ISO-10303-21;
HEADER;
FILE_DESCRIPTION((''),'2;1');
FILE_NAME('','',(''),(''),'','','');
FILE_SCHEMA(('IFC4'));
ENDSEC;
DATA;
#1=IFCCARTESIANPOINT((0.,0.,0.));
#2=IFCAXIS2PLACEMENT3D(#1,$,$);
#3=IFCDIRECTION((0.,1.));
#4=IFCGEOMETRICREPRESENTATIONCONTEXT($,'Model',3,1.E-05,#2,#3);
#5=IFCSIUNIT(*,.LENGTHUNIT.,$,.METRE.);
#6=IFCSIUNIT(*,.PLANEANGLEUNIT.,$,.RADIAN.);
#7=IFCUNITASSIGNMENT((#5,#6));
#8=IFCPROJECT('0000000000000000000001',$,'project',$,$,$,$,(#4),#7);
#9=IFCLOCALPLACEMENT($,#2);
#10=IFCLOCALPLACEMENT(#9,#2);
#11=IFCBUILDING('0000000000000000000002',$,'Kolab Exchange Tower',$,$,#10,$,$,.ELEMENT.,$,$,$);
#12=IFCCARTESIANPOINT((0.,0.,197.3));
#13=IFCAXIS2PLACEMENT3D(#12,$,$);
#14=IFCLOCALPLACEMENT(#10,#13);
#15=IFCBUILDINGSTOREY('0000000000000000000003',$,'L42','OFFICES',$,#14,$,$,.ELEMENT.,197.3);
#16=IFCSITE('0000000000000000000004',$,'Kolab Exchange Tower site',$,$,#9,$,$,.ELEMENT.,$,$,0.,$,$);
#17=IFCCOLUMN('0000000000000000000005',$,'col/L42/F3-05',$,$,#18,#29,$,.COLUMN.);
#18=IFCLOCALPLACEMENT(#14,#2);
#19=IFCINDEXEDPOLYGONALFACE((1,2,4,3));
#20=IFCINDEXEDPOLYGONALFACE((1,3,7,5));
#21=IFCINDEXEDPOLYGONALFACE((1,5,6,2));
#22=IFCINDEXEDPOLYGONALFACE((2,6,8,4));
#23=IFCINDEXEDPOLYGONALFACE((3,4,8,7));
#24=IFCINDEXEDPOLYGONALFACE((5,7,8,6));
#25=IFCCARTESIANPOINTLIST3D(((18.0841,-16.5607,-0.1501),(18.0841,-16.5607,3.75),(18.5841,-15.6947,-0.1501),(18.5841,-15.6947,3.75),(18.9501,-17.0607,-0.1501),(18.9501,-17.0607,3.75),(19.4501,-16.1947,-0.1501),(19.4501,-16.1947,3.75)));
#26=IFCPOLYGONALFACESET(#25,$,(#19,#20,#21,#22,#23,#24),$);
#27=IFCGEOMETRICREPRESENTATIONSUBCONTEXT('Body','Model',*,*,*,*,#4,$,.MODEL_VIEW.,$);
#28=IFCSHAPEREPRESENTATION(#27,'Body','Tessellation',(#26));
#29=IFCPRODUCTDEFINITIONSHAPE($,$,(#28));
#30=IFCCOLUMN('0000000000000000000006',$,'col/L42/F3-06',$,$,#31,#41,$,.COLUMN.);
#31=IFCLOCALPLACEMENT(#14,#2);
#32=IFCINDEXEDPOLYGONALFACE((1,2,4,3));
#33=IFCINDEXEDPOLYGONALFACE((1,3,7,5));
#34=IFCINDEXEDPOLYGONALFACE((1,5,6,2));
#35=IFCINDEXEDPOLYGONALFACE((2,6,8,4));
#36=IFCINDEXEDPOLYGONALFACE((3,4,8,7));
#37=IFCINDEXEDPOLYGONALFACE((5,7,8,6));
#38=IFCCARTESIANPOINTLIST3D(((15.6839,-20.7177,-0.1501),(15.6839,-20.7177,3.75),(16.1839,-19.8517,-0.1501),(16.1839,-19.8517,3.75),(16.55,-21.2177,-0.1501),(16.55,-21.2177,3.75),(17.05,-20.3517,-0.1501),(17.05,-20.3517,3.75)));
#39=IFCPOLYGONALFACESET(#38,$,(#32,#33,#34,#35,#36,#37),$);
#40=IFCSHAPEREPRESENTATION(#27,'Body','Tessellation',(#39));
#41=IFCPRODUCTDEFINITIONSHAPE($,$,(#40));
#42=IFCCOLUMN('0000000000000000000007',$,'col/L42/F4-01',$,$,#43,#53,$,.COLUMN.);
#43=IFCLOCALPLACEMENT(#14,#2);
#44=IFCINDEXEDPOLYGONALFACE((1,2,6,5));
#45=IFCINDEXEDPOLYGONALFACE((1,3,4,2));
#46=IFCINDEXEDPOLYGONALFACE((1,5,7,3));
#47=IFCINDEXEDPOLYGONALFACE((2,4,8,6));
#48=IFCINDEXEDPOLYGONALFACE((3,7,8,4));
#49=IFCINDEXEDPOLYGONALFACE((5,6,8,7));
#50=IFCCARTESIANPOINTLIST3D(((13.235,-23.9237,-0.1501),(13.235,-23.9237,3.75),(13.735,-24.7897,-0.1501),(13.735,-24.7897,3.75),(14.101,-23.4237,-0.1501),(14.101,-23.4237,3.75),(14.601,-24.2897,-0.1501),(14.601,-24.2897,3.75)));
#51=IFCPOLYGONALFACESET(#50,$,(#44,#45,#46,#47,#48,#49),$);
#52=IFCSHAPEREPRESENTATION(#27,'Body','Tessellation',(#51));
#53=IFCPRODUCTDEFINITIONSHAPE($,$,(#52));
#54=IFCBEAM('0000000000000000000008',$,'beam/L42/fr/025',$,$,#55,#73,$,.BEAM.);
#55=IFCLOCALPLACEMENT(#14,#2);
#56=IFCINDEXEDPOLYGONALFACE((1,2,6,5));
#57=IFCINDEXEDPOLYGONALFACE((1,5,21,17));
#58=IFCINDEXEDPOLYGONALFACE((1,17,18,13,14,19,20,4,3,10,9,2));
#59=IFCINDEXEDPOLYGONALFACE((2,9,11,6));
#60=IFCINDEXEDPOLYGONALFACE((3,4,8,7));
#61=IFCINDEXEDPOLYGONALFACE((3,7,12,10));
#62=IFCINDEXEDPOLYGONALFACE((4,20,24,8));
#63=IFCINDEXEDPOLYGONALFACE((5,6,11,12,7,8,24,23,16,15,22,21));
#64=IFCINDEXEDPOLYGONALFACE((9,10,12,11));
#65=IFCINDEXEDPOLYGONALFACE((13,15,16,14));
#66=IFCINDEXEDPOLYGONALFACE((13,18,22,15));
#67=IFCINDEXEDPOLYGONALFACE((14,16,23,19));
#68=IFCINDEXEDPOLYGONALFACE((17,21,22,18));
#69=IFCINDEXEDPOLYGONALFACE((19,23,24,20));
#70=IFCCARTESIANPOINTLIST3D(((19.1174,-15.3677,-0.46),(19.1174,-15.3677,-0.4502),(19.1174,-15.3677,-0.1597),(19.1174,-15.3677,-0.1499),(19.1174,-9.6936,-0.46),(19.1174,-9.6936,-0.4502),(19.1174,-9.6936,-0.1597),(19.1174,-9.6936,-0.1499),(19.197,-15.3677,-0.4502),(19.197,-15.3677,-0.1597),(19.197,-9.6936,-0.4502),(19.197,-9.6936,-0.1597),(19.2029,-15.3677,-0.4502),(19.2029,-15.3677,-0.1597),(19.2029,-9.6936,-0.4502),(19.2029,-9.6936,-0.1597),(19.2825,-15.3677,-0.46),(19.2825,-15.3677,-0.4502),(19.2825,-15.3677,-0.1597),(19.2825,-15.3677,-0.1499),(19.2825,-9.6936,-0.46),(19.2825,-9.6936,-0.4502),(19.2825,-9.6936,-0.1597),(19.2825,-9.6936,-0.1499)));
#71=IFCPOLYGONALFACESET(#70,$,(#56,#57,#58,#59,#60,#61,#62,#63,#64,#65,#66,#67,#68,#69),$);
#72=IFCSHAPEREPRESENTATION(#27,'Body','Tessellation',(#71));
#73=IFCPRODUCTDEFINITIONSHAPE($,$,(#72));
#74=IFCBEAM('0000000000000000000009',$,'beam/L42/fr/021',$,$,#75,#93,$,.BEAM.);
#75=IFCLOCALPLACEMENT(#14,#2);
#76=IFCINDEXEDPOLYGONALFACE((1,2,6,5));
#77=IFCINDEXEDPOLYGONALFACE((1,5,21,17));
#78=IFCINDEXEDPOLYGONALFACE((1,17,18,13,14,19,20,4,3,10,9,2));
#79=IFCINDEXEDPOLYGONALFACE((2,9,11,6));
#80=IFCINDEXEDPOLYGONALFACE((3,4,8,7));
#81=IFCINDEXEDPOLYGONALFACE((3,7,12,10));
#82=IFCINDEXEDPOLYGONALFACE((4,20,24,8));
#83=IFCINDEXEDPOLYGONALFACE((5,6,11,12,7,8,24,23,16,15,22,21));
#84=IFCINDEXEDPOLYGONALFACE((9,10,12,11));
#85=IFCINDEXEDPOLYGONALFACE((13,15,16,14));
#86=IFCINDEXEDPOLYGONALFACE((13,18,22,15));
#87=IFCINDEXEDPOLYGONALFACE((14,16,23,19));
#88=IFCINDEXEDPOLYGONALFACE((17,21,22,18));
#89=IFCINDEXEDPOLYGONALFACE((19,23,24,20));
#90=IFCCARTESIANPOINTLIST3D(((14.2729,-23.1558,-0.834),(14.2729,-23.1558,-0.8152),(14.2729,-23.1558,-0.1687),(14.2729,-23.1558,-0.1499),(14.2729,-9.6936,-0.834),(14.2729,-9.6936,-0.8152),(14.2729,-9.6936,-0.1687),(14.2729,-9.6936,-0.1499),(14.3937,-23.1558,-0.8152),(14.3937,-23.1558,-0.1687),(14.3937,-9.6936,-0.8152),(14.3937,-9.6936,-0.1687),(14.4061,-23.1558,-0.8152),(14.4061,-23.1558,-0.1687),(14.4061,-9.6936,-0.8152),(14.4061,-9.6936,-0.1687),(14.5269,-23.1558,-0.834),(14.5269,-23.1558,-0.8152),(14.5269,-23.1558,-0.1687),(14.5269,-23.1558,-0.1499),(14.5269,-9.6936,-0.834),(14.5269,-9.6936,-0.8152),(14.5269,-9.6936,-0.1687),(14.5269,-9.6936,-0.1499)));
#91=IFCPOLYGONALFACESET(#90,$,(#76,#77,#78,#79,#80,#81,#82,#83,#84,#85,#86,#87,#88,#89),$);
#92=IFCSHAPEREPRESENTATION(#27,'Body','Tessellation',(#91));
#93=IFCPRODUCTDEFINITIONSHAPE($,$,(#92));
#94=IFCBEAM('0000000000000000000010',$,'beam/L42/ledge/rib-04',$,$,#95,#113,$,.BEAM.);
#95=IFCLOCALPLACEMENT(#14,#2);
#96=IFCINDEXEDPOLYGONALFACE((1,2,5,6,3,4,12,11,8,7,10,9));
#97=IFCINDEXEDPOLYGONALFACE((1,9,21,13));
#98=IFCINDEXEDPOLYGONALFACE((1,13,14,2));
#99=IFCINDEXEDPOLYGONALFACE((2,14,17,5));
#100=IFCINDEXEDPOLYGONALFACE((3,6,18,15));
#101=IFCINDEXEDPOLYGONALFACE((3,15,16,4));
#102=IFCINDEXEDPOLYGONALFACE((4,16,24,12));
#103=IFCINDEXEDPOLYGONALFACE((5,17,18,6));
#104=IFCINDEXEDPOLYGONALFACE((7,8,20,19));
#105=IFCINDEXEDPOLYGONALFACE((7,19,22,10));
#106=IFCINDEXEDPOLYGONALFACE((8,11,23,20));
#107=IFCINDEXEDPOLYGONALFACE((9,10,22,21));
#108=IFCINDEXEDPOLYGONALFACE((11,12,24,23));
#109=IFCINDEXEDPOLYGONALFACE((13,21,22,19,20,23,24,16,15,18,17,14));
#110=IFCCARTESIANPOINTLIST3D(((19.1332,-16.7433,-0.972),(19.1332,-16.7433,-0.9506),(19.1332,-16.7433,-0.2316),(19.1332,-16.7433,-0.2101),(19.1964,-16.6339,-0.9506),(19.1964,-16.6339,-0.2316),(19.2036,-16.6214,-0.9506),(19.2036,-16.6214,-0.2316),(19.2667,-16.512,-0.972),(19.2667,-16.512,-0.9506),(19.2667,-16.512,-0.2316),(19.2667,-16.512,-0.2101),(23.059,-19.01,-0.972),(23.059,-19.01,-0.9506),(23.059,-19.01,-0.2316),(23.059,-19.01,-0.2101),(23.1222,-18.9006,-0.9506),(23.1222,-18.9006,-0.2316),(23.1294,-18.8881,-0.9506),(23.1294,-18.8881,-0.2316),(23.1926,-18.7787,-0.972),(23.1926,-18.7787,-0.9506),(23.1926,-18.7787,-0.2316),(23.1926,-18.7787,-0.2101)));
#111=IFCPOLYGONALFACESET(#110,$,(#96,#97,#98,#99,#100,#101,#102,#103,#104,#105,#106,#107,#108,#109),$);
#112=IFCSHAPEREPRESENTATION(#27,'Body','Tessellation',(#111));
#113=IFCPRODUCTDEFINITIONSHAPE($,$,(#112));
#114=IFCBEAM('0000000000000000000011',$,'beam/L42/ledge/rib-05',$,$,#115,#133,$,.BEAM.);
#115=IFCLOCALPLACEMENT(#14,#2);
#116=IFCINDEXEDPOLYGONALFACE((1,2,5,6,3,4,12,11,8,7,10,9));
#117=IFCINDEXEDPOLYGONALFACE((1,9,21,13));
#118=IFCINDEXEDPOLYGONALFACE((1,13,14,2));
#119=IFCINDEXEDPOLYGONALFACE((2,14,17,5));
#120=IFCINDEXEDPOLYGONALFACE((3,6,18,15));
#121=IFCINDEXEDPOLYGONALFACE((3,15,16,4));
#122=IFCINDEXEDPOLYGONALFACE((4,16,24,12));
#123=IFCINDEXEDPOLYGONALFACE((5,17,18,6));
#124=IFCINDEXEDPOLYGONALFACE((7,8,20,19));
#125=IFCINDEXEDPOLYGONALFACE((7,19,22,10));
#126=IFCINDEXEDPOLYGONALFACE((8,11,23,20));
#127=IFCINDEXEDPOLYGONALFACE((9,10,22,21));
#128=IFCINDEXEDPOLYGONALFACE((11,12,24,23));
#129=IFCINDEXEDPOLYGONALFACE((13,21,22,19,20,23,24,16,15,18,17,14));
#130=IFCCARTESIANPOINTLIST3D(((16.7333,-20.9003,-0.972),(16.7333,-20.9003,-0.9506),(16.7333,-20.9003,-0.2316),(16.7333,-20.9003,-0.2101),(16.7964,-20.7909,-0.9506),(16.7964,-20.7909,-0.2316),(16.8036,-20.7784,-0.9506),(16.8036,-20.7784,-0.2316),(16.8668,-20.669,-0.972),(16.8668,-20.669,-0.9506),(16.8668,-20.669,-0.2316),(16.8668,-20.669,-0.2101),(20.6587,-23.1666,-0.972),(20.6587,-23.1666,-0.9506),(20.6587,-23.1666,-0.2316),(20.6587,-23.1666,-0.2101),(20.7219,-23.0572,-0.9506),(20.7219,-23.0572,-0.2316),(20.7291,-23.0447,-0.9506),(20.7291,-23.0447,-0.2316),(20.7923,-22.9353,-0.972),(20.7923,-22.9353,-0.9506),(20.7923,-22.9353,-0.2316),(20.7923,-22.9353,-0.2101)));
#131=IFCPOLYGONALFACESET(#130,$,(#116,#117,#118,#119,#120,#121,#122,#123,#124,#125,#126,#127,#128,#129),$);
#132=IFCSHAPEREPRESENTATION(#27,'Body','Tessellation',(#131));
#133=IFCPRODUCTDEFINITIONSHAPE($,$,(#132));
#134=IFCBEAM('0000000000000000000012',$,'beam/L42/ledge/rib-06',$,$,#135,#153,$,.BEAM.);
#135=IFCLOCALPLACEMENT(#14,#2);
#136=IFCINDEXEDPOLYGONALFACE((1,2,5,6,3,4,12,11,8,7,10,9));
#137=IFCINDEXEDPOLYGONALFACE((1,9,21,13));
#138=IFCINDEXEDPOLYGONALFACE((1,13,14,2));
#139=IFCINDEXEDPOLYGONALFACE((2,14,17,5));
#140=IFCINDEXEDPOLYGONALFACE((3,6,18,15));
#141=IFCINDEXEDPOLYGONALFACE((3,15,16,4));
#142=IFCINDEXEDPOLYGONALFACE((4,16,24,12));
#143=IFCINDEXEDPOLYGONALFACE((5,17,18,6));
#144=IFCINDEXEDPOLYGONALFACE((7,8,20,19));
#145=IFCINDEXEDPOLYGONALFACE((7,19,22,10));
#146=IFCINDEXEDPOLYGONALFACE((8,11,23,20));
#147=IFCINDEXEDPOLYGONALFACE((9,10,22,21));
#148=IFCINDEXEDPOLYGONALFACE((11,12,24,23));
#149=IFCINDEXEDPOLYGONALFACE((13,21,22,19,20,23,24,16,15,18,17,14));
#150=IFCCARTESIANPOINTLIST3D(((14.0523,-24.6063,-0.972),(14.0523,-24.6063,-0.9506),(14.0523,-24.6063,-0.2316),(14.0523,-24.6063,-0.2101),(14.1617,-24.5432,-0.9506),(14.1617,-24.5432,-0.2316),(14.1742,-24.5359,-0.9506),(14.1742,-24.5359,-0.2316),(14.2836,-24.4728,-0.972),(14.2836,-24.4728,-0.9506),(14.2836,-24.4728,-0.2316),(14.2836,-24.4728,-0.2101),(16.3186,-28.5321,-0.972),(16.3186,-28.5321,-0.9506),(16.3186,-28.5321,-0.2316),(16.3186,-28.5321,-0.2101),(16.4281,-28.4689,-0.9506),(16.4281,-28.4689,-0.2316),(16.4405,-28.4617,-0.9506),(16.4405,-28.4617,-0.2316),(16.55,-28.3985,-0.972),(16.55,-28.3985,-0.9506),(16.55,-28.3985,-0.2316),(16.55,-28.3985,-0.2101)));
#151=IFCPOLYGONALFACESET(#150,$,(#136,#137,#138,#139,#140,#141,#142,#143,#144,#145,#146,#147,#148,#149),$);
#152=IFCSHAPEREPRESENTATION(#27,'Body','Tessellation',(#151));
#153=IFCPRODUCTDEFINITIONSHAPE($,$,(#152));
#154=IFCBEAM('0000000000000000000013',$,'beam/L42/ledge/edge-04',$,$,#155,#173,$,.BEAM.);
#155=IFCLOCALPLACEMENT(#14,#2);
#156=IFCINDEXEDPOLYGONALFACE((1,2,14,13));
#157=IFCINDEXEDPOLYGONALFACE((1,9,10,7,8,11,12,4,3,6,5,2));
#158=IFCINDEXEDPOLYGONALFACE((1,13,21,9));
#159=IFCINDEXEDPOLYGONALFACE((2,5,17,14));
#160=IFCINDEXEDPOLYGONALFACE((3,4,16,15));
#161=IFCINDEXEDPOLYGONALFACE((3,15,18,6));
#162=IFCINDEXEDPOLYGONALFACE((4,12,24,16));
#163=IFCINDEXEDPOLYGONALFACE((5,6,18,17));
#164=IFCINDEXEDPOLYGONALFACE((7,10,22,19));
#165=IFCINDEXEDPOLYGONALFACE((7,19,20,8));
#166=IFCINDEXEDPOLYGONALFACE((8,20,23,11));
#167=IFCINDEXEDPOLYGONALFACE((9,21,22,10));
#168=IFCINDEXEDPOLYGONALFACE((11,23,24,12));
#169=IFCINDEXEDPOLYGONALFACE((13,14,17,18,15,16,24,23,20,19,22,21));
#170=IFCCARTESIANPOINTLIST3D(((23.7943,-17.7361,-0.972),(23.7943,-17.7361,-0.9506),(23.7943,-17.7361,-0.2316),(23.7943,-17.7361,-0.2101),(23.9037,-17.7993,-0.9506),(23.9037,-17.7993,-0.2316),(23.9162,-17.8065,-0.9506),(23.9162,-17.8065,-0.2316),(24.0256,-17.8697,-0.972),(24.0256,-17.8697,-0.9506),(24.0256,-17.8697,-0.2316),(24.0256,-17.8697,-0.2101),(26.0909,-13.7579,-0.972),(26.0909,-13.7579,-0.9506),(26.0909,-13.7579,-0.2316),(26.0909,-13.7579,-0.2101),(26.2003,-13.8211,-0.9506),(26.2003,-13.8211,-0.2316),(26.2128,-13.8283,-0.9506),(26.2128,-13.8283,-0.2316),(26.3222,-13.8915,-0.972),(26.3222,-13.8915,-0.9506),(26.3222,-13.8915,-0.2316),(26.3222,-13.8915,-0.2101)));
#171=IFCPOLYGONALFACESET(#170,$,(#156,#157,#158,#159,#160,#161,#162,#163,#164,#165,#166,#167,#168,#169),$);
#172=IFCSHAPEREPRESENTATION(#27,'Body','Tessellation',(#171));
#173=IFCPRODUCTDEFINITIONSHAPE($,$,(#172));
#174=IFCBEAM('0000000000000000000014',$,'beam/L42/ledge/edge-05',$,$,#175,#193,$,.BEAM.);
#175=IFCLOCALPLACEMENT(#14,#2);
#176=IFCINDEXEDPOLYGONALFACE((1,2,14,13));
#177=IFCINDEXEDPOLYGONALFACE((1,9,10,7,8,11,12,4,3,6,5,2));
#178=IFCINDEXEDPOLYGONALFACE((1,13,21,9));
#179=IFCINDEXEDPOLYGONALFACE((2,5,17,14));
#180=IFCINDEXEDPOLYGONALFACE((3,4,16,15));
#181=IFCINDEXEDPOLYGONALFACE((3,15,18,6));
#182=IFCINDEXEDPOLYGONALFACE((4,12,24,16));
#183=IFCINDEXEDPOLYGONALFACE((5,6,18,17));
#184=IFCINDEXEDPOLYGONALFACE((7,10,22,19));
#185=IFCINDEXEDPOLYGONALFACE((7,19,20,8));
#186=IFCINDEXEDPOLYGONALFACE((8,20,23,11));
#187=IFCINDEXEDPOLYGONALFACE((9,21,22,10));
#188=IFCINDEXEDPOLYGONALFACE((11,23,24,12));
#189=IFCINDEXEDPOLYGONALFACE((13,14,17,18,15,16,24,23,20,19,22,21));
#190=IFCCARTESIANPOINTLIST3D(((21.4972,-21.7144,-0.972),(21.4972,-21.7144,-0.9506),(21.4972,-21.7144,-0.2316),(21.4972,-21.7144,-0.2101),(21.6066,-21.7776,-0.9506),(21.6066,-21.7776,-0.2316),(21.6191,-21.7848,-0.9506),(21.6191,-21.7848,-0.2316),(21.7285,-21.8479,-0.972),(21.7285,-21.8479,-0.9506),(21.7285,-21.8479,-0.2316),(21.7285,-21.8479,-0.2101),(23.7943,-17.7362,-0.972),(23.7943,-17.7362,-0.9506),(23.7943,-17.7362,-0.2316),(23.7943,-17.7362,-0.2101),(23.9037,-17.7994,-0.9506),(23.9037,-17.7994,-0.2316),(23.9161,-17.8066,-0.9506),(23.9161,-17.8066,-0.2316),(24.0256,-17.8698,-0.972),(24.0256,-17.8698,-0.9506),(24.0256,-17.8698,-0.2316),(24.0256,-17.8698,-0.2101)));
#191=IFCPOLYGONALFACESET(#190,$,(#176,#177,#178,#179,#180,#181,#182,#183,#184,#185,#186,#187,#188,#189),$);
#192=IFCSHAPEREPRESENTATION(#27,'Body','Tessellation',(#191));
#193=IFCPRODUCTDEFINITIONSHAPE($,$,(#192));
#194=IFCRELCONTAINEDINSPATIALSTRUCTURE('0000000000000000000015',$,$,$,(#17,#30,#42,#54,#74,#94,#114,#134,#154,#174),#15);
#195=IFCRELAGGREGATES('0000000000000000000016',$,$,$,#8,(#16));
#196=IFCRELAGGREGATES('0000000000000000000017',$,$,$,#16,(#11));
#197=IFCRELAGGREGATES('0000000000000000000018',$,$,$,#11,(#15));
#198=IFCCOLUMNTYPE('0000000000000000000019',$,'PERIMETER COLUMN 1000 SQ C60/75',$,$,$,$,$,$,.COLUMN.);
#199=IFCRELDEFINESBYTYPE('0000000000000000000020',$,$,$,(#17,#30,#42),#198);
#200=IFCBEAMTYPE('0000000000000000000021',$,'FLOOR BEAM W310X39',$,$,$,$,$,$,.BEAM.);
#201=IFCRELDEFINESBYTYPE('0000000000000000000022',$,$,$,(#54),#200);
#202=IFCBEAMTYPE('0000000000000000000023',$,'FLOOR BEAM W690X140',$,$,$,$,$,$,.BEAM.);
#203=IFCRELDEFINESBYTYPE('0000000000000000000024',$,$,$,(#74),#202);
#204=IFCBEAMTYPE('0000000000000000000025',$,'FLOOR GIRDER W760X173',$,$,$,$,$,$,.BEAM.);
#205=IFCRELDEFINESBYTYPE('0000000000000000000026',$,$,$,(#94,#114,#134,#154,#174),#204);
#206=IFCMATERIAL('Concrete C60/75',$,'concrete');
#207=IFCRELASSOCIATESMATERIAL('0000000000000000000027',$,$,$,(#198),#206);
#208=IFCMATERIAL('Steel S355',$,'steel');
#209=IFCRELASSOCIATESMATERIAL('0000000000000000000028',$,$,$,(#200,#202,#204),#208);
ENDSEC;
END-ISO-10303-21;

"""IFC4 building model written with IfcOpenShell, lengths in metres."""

from ifc_helpers import new_model, si_unit, direction, frame, origin, origin_2d, place, context, subcontext, project, spatial, rectangle, i_section, extrude, material, material_profile, profile_set, type_object, element, save


model = new_model("IFC4")

# Units and contexts
model_context = context("Model", 3, precision=1e-05, world=origin(), true_north=direction((0.0, 1.0)))
body_context = subcontext(model_context, "Body", "Model", "MODEL_VIEW")
ifc_project = project(units=[si_unit("LENGTHUNIT", "METRE"), si_unit("PLANEANGLEUNIT", "RADIAN")], contexts=[model_context])

# Site, building, storey
site_placement = place(None, origin())
site = spatial("IfcSite", under=ifc_project, at=site_placement, Name="Kolab Exchange Tower site", CompositionType="ELEMENT", RefElevation=0.0)
building_placement = place(site_placement, origin())
building = spatial("IfcBuilding", under=site, at=building_placement, Name="Kolab Exchange Tower", CompositionType="ELEMENT")
storey_placement = place(building_placement, frame((0.0, 0.0, 197.3)))
storey = spatial("IfcBuildingStorey", under=building, at=storey_placement, Name="L42", Description="OFFICES", CompositionType="ELEMENT", Elevation=197.3)

# Columns
ifc_material_1 = material(Name="Concrete C60/75", Category="concrete")
ifc_material_profile_1 = material_profile(ifc_material_1, rectangle(XDim=1.0, YDim=1.0, at=origin_2d()), Name="RC1000")
ifc_profile_set_1 = profile_set([ifc_material_profile_1], Name="Concrete C60/75")
column_type = type_object("IfcColumnType", Name="PERIMETER COLUMN 1000 SQ C60/75", PredefinedType="COLUMN", material=ifc_profile_set_1)
for number, where, z_axis, x_axis, name in (
    (1, (18.7671, -16.3777, -0.1501), (0.0, 0.0, 1.0), (0.5, 0.866025, 0.0), "col/L42/F3-05"),
    (2, (16.3669, -20.5347, -0.1501), (0.0, 0.0, 1.0), (0.5, 0.866025, 0.0), "col/L42/F3-06"),
    (3, (13.918, -24.1067, -0.1501), (0.0, 0.0, 1.0), (0.866025, 0.5, 0.0), "col/L42/F4-01"),
):
    element("IfcColumn", number, at=place(storey_placement, frame(where, z_axis=z_axis, x_axis=x_axis)), inside=storey, type_object=column_type, Name=name, PredefinedType="COLUMN", context=body_context, shape_type="SweptSolid", body=[
        extrude(rectangle(XDim=1.0, YDim=1.0, at=origin_2d()), origin(), (0.0, 0.0, 1.0), 3.9001),
    ])

# Beams
ifc_material_2 = material(Name="Steel S355", Category="steel")
ifc_material_profile_2 = material_profile(ifc_material_2, i_section(OverallWidth=0.165, OverallDepth=0.3101, WebThickness=0.0059, FlangeThickness=0.0098, at=origin_2d()), Name="W310X39")
ifc_profile_set_2 = profile_set([ifc_material_profile_2], Name="Steel S355")
beam_type_1 = type_object("IfcBeamType", Name="FLOOR BEAM W310X39", PredefinedType="BEAM", material=ifc_profile_set_2)
beam_1_placement = place(storey_placement, frame((19.2, -15.3677, -0.3049), z_axis=(0.0, 1.0, 0.0), x_axis=(-1.0, 0.0, 0.0)))
element("IfcBeam", 4, at=beam_1_placement, inside=storey, type_object=beam_type_1, Name="beam/L42/fr/025", PredefinedType="BEAM", context=body_context, shape_type="SweptSolid", body=[
    extrude(i_section(OverallWidth=0.165, OverallDepth=0.3101, WebThickness=0.0059, FlangeThickness=0.0098, at=origin_2d()), origin(), (0.0, 0.0, 1.0), 5.6741),
])
ifc_material_profile_3 = material_profile(ifc_material_2, i_section(OverallWidth=0.2539, OverallDepth=0.6841, WebThickness=0.0125, FlangeThickness=0.0188, at=origin_2d()), Name="W690X140")
ifc_profile_set_3 = profile_set([ifc_material_profile_3], Name="Steel S355")
beam_type_2 = type_object("IfcBeamType", Name="FLOOR BEAM W690X140", PredefinedType="BEAM", material=ifc_profile_set_3)
beam_2_placement = place(storey_placement, frame((14.3999, -23.1558, -0.4919), z_axis=(0.0, 1.0, 0.0), x_axis=(-1.0, 0.0, 0.0)))
element("IfcBeam", 5, at=beam_2_placement, inside=storey, type_object=beam_type_2, Name="beam/L42/fr/021", PredefinedType="BEAM", context=body_context, shape_type="SweptSolid", body=[
    extrude(i_section(OverallWidth=0.2539, OverallDepth=0.6841, WebThickness=0.0125, FlangeThickness=0.0188, at=origin_2d()), origin(), (0.0, 0.0, 1.0), 13.4622),
])
ifc_material_profile_4 = material_profile(ifc_material_2, i_section(OverallWidth=0.2671, OverallDepth=0.762, WebThickness=0.0144, FlangeThickness=0.0215, at=origin_2d()), Name="W760X173")
ifc_profile_set_4 = profile_set([ifc_material_profile_4], Name="Steel S355")
beam_type_3 = type_object("IfcBeamType", Name="FLOOR GIRDER W760X173", PredefinedType="BEAM", material=ifc_profile_set_4)
beam_3_placement = place(storey_placement, frame((19.2, -16.6277, -0.5911), z_axis=(0.866021, -0.500008, 0.0), x_axis=(0.500008, 0.866021, 0.0)))
element("IfcBeam", 6, at=beam_3_placement, inside=storey, type_object=beam_type_3, Name="beam/L42/ledge/rib-04", PredefinedType="BEAM", context=body_context, shape_type="SweptSolid", body=[
    extrude(i_section(OverallWidth=0.2671, OverallDepth=0.762, WebThickness=0.0144, FlangeThickness=0.0215, at=origin_2d()), origin(), (0.0, 0.0, 1.0), 4.5332),
])
beam_4_placement = place(storey_placement, frame((16.8, -20.7847, -0.5911), z_axis=(0.86603, -0.499991, 0.0), x_axis=(0.499991, 0.86603, 0.0)))
element("IfcBeam", 7, at=beam_4_placement, inside=storey, type_object=beam_type_3, Name="beam/L42/ledge/rib-05", PredefinedType="BEAM", context=body_context, shape_type="SweptSolid", body=[
    extrude(i_section(OverallWidth=0.2671, OverallDepth=0.762, WebThickness=0.0144, FlangeThickness=0.0215, at=origin_2d()), origin(), (0.0, 0.0, 1.0), 4.5327),
])
beam_5_placement = place(storey_placement, frame((14.168, -24.5396, -0.5911), z_axis=(0.499968, -0.866044, 0.0), x_axis=(0.866044, 0.499968, 0.0)))
element("IfcBeam", 8, at=beam_5_placement, inside=storey, type_object=beam_type_3, Name="beam/L42/ledge/rib-06", PredefinedType="BEAM", context=body_context, shape_type="SweptSolid", body=[
    extrude(i_section(OverallWidth=0.2671, OverallDepth=0.762, WebThickness=0.0144, FlangeThickness=0.0215, at=origin_2d()), origin(), (0.0, 0.0, 1.0), 4.533),
])
beam_6_placement = place(storey_placement, frame((26.2065, -13.8247, -0.5911), z_axis=(-0.499963, -0.866047, 0.0), x_axis=(0.866047, -0.499963, 0.0)))
element("IfcBeam", 9, at=beam_6_placement, inside=storey, type_object=beam_type_3, Name="beam/L42/ledge/edge-04", PredefinedType="BEAM", context=body_context, shape_type="SweptSolid", body=[
    extrude(i_section(OverallWidth=0.2671, OverallDepth=0.762, WebThickness=0.0144, FlangeThickness=0.0215, at=origin_2d()), origin(), (0.0, 0.0, 1.0), 4.5935),
])
beam_7_placement = place(storey_placement, frame((23.9099, -17.803, -0.5911), z_axis=(-0.500043, -0.866001, 0.0), x_axis=(0.866001, -0.500043, 0.0)))
element("IfcBeam", 10, at=beam_7_placement, inside=storey, type_object=beam_type_3, Name="beam/L42/ledge/edge-05", PredefinedType="BEAM", context=body_context, shape_type="SweptSolid", body=[
    extrude(i_section(OverallWidth=0.2671, OverallDepth=0.762, WebThickness=0.0144, FlangeThickness=0.0215, at=origin_2d()), origin(), (0.0, 0.0, 1.0), 4.5938),
])

save(model, "model.ifc")
